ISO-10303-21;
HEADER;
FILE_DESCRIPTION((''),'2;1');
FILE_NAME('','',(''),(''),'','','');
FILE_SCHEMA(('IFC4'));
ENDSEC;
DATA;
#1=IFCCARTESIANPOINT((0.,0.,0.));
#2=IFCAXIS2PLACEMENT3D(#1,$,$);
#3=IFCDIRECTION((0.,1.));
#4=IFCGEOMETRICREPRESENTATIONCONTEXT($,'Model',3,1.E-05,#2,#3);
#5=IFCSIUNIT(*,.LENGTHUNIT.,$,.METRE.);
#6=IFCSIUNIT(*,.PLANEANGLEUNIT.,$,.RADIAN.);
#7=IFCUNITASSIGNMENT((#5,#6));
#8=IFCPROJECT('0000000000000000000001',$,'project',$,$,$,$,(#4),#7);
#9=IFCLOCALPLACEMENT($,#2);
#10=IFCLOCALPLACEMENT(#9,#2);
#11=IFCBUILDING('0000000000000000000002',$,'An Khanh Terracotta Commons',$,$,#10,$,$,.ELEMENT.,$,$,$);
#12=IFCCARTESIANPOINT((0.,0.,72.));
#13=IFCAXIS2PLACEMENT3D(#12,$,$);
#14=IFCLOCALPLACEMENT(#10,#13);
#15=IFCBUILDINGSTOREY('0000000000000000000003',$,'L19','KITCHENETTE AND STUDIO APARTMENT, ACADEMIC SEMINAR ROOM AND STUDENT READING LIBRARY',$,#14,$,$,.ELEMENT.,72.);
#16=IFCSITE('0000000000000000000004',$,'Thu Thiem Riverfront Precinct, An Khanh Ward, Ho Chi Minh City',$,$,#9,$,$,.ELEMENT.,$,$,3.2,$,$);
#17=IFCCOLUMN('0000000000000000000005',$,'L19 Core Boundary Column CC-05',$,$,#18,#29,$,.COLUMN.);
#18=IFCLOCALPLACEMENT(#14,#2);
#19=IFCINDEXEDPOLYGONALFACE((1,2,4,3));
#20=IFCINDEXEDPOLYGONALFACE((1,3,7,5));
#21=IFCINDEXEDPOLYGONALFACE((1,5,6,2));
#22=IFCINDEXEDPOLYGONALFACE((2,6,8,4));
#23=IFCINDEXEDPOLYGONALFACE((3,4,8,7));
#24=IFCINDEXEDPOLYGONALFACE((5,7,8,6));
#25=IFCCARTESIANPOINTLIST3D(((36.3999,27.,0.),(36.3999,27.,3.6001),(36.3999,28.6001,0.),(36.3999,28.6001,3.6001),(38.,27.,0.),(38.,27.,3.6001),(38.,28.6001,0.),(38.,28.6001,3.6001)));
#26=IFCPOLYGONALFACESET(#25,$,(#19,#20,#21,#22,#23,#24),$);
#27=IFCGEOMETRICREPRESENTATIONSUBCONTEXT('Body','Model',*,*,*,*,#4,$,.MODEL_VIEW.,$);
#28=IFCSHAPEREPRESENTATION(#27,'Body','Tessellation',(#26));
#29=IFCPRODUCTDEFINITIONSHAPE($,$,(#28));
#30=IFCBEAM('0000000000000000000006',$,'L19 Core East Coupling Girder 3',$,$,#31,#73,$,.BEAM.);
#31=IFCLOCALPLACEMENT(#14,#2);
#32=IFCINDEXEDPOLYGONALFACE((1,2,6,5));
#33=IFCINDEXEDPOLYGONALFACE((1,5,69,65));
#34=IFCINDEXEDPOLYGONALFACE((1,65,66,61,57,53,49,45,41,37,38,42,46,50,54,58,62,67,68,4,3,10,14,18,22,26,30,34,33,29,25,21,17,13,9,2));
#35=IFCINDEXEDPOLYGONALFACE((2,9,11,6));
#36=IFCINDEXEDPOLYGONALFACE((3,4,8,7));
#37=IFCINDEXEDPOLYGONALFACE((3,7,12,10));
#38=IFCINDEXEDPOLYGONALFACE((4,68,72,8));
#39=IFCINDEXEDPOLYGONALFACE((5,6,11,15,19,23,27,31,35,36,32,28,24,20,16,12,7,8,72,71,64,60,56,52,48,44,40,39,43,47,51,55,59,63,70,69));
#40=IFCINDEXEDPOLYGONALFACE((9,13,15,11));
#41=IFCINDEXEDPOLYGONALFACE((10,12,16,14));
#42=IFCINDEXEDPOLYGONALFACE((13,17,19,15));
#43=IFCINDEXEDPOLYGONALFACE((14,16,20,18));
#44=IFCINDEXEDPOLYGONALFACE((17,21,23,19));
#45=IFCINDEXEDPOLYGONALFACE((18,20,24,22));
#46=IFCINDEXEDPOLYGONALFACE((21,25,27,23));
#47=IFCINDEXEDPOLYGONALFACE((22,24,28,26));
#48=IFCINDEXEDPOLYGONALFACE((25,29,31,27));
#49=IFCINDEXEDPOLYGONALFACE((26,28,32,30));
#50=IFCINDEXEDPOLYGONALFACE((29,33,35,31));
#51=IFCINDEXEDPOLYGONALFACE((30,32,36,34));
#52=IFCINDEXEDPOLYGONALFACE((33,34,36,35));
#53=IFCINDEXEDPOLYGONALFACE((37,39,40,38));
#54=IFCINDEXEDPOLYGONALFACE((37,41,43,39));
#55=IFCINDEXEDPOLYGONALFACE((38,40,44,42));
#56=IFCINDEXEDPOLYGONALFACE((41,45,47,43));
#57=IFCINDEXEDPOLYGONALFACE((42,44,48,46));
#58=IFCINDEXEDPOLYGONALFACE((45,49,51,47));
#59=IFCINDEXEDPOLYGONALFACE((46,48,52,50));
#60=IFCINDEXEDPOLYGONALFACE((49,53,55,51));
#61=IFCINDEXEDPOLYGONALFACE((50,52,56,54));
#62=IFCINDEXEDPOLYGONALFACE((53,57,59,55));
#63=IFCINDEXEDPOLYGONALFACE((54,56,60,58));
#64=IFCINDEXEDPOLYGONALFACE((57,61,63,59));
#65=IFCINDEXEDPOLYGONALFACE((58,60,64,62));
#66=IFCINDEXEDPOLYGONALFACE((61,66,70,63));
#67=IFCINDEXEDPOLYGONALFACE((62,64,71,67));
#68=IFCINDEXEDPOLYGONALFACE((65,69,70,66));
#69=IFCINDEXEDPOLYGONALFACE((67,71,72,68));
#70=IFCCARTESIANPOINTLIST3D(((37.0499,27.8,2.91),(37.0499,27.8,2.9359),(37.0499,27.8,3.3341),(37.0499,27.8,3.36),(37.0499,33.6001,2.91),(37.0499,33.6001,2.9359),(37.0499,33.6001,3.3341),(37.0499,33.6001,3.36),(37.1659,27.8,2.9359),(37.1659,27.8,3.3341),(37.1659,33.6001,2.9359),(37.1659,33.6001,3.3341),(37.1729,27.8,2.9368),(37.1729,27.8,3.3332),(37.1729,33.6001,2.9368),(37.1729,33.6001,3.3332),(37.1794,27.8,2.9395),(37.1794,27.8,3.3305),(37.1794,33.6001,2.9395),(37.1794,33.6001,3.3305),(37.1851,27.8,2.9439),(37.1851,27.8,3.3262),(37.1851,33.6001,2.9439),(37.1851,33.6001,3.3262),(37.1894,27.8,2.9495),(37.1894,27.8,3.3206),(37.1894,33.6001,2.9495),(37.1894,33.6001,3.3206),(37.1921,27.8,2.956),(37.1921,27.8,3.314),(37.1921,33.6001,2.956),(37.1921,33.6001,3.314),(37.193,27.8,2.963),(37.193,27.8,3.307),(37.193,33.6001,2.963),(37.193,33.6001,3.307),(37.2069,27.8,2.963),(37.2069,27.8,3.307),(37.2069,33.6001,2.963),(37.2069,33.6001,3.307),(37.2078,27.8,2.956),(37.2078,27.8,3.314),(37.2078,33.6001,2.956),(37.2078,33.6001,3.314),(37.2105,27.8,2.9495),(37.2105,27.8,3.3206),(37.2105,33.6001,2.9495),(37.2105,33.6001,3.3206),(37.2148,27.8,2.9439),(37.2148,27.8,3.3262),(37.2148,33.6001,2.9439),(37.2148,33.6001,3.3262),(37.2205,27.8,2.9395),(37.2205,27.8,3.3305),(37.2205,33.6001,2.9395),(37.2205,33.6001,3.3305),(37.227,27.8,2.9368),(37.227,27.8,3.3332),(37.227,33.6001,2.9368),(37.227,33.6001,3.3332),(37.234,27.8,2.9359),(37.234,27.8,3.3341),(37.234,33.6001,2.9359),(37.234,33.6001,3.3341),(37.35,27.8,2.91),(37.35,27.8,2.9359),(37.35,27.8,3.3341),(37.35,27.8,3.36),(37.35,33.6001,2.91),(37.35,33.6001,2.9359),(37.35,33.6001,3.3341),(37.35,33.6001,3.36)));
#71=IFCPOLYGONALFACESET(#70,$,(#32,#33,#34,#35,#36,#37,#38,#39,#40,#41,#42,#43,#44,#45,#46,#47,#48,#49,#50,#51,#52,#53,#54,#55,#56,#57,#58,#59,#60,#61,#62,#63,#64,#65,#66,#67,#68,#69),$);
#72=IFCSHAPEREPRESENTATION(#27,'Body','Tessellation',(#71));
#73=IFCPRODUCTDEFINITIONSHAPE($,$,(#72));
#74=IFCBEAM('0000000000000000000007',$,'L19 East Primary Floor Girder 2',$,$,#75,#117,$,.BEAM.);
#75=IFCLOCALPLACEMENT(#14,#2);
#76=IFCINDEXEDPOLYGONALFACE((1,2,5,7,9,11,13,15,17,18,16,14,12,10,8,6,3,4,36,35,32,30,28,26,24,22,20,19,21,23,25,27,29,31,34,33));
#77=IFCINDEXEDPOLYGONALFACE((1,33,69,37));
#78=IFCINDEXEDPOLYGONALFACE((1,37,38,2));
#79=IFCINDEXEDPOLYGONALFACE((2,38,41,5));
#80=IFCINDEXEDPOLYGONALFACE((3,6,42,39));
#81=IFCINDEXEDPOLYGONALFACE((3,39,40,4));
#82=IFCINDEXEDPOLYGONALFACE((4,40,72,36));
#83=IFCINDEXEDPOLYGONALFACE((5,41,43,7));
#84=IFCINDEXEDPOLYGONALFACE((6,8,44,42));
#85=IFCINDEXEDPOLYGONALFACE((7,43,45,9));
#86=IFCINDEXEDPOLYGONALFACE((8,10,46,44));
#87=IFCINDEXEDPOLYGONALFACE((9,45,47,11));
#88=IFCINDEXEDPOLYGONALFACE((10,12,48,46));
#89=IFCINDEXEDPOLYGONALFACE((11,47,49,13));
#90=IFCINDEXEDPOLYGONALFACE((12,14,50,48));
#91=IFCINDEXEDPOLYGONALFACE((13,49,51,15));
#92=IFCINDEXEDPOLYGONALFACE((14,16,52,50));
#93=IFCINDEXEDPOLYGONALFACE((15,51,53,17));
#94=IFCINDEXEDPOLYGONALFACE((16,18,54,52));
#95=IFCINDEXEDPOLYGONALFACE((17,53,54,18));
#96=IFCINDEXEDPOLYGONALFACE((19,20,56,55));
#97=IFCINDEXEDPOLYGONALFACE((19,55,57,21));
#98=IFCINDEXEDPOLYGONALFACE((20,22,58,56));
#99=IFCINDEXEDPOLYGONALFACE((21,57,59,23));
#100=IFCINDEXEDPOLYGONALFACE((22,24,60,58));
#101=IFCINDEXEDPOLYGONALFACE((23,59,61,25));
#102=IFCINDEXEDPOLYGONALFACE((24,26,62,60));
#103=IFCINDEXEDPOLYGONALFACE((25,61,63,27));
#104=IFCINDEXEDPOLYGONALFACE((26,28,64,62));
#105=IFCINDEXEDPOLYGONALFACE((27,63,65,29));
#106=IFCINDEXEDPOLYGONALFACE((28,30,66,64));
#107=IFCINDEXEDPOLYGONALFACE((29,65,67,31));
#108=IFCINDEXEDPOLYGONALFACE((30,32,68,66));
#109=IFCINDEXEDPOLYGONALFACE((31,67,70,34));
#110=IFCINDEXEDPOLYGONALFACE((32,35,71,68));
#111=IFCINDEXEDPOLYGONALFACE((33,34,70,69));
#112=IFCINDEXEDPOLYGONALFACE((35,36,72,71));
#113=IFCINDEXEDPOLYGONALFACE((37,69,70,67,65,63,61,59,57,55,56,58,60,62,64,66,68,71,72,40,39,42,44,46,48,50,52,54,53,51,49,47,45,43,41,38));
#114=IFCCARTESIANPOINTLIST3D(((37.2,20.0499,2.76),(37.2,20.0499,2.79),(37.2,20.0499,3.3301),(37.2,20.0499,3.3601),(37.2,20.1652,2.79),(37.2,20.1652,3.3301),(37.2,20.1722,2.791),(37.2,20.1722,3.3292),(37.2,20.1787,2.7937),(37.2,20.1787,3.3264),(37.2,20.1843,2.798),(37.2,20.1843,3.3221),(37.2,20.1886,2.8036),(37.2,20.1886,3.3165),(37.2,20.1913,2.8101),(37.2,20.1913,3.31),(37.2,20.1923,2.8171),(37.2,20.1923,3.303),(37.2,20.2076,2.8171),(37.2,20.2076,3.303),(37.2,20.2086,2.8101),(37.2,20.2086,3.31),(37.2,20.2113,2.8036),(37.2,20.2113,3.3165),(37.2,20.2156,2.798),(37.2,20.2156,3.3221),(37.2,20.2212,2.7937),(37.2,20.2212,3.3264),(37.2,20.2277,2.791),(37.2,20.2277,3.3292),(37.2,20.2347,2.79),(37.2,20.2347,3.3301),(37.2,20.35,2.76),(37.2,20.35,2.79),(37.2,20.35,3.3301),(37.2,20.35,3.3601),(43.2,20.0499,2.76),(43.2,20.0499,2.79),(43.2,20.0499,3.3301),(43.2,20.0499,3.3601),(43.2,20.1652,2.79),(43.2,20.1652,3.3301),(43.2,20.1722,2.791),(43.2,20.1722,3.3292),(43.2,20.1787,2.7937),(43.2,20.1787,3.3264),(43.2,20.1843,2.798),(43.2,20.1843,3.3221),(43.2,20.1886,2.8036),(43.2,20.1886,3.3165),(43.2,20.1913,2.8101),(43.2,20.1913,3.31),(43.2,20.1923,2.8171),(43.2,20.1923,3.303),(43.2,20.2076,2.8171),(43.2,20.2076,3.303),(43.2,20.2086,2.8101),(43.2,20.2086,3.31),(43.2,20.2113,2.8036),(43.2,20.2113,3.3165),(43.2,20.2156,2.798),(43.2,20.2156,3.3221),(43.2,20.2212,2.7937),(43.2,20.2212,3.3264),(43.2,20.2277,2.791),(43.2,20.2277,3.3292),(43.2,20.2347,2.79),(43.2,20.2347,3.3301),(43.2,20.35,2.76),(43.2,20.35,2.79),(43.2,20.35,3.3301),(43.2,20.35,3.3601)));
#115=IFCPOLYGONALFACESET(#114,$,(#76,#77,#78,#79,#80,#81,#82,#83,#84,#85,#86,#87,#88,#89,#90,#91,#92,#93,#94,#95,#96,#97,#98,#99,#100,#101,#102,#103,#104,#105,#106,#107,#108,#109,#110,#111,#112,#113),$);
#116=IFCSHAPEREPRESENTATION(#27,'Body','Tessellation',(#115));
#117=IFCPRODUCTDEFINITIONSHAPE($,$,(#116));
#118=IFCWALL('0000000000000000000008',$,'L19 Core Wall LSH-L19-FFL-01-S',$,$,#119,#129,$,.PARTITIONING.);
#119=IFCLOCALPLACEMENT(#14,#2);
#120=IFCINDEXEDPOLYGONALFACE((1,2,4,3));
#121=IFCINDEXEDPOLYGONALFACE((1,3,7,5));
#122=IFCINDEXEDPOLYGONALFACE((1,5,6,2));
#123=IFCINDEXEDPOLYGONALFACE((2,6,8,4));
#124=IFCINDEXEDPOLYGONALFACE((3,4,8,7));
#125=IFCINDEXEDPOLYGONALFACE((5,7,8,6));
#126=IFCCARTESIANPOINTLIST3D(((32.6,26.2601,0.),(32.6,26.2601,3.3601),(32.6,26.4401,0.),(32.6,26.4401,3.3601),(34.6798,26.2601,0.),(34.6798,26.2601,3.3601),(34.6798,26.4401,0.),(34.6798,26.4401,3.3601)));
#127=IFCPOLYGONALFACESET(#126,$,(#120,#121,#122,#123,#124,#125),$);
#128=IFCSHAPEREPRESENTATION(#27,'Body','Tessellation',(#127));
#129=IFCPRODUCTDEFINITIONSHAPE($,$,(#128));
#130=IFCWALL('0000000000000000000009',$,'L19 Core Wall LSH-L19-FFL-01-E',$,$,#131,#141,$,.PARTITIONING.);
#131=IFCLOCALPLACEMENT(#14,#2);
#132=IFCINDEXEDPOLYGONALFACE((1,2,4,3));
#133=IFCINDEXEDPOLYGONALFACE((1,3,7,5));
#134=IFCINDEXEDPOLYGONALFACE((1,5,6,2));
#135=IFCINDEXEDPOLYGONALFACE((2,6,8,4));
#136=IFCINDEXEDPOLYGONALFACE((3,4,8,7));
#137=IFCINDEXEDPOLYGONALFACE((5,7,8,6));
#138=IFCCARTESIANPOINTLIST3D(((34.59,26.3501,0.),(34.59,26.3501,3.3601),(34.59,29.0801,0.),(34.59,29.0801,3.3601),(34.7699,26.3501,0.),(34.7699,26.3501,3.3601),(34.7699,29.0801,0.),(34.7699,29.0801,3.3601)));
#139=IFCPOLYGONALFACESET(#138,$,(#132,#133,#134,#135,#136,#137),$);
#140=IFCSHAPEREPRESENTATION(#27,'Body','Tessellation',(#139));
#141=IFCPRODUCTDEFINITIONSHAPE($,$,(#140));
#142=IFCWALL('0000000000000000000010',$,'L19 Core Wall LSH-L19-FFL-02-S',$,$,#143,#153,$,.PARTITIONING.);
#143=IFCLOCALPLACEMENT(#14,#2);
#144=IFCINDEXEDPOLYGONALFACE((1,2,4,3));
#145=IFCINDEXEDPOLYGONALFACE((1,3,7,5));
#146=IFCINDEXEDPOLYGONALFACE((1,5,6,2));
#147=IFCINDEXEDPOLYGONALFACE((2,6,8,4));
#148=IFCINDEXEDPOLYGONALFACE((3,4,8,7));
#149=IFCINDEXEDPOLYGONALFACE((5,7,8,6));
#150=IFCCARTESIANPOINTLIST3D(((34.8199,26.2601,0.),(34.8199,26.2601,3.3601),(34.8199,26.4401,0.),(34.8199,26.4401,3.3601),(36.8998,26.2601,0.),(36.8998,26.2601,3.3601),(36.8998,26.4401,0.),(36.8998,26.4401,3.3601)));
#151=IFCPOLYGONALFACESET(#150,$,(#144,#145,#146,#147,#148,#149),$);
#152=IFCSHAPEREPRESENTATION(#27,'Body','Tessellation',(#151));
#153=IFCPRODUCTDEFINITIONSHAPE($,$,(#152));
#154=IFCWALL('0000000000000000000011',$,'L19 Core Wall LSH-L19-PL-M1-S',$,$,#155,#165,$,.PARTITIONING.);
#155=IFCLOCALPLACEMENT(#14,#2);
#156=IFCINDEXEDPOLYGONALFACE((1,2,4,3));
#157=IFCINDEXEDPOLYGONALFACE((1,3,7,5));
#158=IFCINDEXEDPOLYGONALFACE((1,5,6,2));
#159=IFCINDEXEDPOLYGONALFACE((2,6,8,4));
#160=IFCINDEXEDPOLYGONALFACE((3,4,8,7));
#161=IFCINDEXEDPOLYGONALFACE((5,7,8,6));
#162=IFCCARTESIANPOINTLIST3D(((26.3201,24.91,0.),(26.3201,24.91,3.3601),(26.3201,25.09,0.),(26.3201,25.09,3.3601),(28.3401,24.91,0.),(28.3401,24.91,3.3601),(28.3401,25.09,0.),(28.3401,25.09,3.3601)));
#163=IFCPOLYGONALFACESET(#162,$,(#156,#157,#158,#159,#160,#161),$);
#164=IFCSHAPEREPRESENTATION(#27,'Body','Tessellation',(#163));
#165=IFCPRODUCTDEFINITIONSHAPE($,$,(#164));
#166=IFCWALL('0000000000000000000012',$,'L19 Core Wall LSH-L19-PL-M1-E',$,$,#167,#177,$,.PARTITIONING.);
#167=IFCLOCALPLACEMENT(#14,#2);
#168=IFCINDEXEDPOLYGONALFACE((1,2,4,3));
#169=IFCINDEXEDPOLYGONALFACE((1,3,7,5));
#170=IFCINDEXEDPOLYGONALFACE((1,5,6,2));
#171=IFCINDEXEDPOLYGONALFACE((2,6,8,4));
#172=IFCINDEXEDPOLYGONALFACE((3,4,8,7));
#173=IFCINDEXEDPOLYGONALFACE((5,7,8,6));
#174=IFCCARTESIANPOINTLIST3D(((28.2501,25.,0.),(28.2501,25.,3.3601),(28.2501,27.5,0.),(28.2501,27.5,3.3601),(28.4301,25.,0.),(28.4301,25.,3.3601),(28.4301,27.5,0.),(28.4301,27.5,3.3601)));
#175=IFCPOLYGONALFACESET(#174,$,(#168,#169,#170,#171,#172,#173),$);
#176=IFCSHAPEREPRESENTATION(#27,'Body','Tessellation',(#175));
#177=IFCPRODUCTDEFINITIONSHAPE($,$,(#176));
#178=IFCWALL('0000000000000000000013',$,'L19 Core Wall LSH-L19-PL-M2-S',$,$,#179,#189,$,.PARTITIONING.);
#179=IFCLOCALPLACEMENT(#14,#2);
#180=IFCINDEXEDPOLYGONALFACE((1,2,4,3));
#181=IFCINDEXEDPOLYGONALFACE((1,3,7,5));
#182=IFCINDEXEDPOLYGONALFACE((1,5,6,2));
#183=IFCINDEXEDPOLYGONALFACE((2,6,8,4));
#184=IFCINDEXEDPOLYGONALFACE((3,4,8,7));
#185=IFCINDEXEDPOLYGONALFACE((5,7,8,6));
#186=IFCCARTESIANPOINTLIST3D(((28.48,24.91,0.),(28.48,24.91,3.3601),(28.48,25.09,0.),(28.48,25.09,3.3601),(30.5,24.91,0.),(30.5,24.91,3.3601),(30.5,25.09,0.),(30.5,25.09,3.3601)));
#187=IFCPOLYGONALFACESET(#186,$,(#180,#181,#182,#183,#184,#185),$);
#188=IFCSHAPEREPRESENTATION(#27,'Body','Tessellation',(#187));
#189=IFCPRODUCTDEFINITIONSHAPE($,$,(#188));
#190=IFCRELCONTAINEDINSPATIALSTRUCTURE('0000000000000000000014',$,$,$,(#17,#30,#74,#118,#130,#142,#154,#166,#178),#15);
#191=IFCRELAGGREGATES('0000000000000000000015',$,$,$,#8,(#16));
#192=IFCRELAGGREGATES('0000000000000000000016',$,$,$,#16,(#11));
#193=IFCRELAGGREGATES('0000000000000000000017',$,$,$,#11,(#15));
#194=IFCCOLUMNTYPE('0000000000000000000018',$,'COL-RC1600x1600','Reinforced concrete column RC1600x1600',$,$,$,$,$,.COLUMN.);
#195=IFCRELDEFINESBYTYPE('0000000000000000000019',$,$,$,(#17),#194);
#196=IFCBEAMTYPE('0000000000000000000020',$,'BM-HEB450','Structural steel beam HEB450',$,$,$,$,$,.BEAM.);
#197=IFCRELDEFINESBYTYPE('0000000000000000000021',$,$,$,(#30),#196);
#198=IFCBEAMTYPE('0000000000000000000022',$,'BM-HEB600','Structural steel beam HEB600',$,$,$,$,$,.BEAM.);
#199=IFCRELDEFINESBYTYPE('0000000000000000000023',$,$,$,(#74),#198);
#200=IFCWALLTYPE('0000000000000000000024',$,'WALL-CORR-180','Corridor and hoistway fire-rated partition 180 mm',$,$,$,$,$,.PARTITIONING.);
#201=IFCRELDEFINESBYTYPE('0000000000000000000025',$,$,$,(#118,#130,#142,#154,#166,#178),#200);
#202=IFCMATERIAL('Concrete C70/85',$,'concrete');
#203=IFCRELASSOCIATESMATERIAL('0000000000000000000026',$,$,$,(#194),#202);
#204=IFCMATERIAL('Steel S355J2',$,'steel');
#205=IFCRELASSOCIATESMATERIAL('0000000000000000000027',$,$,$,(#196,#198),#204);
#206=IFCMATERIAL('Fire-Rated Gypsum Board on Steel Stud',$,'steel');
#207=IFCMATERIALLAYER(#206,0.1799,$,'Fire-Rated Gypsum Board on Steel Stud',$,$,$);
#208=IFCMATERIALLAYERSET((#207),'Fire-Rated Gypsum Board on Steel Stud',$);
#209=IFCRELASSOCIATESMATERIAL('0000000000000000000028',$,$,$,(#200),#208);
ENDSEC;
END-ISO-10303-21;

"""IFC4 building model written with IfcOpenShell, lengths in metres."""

from ifc_helpers import new_model, si_unit, direction, frame, frame_2d, origin, origin_2d, place, context, subcontext, project, spatial, rectangle, i_section, extrude, material, layer, layer_set, material_profile, profile_set, type_object, element, save


model = new_model("IFC4")

# Units and contexts
model_context = context("Model", 3, precision=1e-05, world=origin(), true_north=direction((0.0, 1.0)))
body_context = subcontext(model_context, "Body", "Model", "MODEL_VIEW")
ifc_project = project(units=[si_unit("LENGTHUNIT", "METRE"), si_unit("PLANEANGLEUNIT", "RADIAN")], contexts=[model_context])

# Site, building, storey
site_placement = place(None, origin())
site = spatial("IfcSite", under=ifc_project, at=site_placement, Name="Thu Thiem Riverfront Precinct, An Khanh Ward, Ho Chi Minh City", CompositionType="ELEMENT", RefElevation=3.2)
building_placement = place(site_placement, origin())
building = spatial("IfcBuilding", under=site, at=building_placement, Name="An Khanh Terracotta Commons", CompositionType="ELEMENT")
storey_placement = place(building_placement, frame((0.0, 0.0, 72.0)))
storey = spatial("IfcBuildingStorey", under=building, at=storey_placement, Name="L19", Description="KITCHENETTE AND STUDIO APARTMENT, ACADEMIC SEMINAR ROOM AND STUDENT READING LIBRARY", CompositionType="ELEMENT", Elevation=72.0)

# Column
ifc_material_1 = material(Name="Concrete C70/85", Category="concrete")
ifc_material_profile_1 = material_profile(ifc_material_1, rectangle(XDim=1.6001, YDim=1.6001, at=origin_2d()), Name="RC1600x1600")
ifc_profile_set_1 = profile_set([ifc_material_profile_1], Name="Concrete C70/85")
column_type = type_object("IfcColumnType", Name="COL-RC1600x1600", Description="Reinforced concrete column RC1600x1600", PredefinedType="COLUMN", material=ifc_profile_set_1)
column_placement = place(storey_placement, frame((37.2, 27.8, 0.0), z_axis=(0.0, 0.0, 1.0), x_axis=(1.0, 0.0, 0.0)))
element("IfcColumn", 1, at=column_placement, inside=storey, type_object=column_type, Name="L19 Core Boundary Column CC-05", PredefinedType="COLUMN", context=body_context, shape_type="SweptSolid", body=[
    extrude(rectangle(XDim=1.6001, YDim=1.6001, at=origin_2d()), origin(), (0.0, 0.0, 1.0), 3.6001),
])

# Beams
ifc_material_2 = material(Name="Steel S355J2", Category="steel")
ifc_material_profile_2 = material_profile(ifc_material_2, i_section(OverallWidth=0.3, OverallDepth=0.45, WebThickness=0.0139, FlangeThickness=0.0259, FilletRadius=0.0271, at=origin_2d()), Name="HEB450")
ifc_profile_set_2 = profile_set([ifc_material_profile_2], Name="Steel S355J2")
beam_type_1 = type_object("IfcBeamType", Name="BM-HEB450", Description="Structural steel beam HEB450", PredefinedType="BEAM", material=ifc_profile_set_2)
beam_1_placement = place(storey_placement, frame((37.2, 27.8, 3.135), z_axis=(0.0, 1.0, 0.0), x_axis=(-1.0, 0.0, 0.0)))
element("IfcBeam", 2, at=beam_1_placement, inside=storey, type_object=beam_type_1, Name="L19 Core East Coupling Girder 3", PredefinedType="BEAM", context=body_context, shape_type="SweptSolid", body=[
    extrude(i_section(OverallWidth=0.3, OverallDepth=0.45, WebThickness=0.0139, FlangeThickness=0.0259, FilletRadius=0.0271, at=origin_2d()), origin(), (0.0, 0.0, 1.0), 5.8),
])
ifc_material_profile_3 = material_profile(ifc_material_2, i_section(OverallWidth=0.3, OverallDepth=0.6001, WebThickness=0.0154, FlangeThickness=0.03, FilletRadius=0.0271, at=origin_2d()), Name="HEB600")
ifc_profile_set_3 = profile_set([ifc_material_profile_3], Name="Steel S355J2")
beam_type_2 = type_object("IfcBeamType", Name="BM-HEB600", Description="Structural steel beam HEB600", PredefinedType="BEAM", material=ifc_profile_set_3)
beam_2_placement = place(storey_placement, frame((37.2, 20.2, 3.0601), z_axis=(1.0, 0.0, 0.0), x_axis=(0.0, 1.0, 0.0)))
element("IfcBeam", 3, at=beam_2_placement, inside=storey, type_object=beam_type_2, Name="L19 East Primary Floor Girder 2", PredefinedType="BEAM", context=body_context, shape_type="SweptSolid", body=[
    extrude(i_section(OverallWidth=0.3, OverallDepth=0.6001, WebThickness=0.0154, FlangeThickness=0.03, FilletRadius=0.0271, at=origin_2d()), origin(), (0.0, 0.0, 1.0), 6.0),
])

# Walls
ifc_material_3 = material(Name="Fire-Rated Gypsum Board on Steel Stud", Category="steel")
ifc_layer = layer(ifc_material_3, 0.1799, Name="Fire-Rated Gypsum Board on Steel Stud")
ifc_layer_set = layer_set([ifc_layer], Name="Fire-Rated Gypsum Board on Steel Stud")
wall_type = type_object("IfcWallType", Name="WALL-CORR-180", Description="Corridor and hoistway fire-rated partition 180 mm", PredefinedType="PARTITIONING", material=ifc_layer_set)
wall_1_placement = place(storey_placement, frame((34.6799, 26.3501, 0.0), z_axis=(0.0, 0.0, 1.0), x_axis=(-1.0, 0.0, 0.0)))
element("IfcWall", 4, at=wall_1_placement, inside=storey, type_object=wall_type, Name="L19 Core Wall LSH-L19-FFL-01-S", PredefinedType="PARTITIONING", context=body_context, shape_type="SweptSolid", body=[
    extrude(rectangle(XDim=2.0798, YDim=0.1799, at=frame_2d((1.04, 0.0))), origin(), (0.0, 0.0, 1.0), 3.3601),
])
wall_2_placement = place(storey_placement, frame((34.6799, 26.3501, 0.0), z_axis=(0.0, 0.0, 1.0), x_axis=(0.0, 1.0, 0.0)))
element("IfcWall", 5, at=wall_2_placement, inside=storey, type_object=wall_type, Name="L19 Core Wall LSH-L19-FFL-01-E", PredefinedType="PARTITIONING", context=body_context, shape_type="SweptSolid", body=[
    extrude(rectangle(XDim=2.73, YDim=0.1799, at=frame_2d((1.365, 0.0))), origin(), (0.0, 0.0, 1.0), 3.3601),
])
wall_3_placement = place(storey_placement, frame((36.8999, 26.3501, 0.0), z_axis=(0.0, 0.0, 1.0), x_axis=(-1.0, 0.0, 0.0)))
element("IfcWall", 6, at=wall_3_placement, inside=storey, type_object=wall_type, Name="L19 Core Wall LSH-L19-FFL-02-S", PredefinedType="PARTITIONING", context=body_context, shape_type="SweptSolid", body=[
    extrude(rectangle(XDim=2.0798, YDim=0.1799, at=frame_2d((1.04, 0.0))), origin(), (0.0, 0.0, 1.0), 3.3601),
])
wall_4_placement = place(storey_placement, frame((28.3401, 25.0, 0.0), z_axis=(0.0, 0.0, 1.0), x_axis=(-1.0, 0.0, 0.0)))
element("IfcWall", 7, at=wall_4_placement, inside=storey, type_object=wall_type, Name="L19 Core Wall LSH-L19-PL-M1-S", PredefinedType="PARTITIONING", context=body_context, shape_type="SweptSolid", body=[
    extrude(rectangle(XDim=2.02, YDim=0.1799, at=frame_2d((1.01, 0.0))), origin(), (0.0, 0.0, 1.0), 3.3601),
])
wall_5_placement = place(storey_placement, frame((28.3401, 25.0, 0.0), z_axis=(0.0, 0.0, 1.0), x_axis=(0.0, 1.0, 0.0)))
element("IfcWall", 8, at=wall_5_placement, inside=storey, type_object=wall_type, Name="L19 Core Wall LSH-L19-PL-M1-E", PredefinedType="PARTITIONING", context=body_context, shape_type="SweptSolid", body=[
    extrude(rectangle(XDim=2.5, YDim=0.1799, at=frame_2d((1.25, 0.0))), origin(), (0.0, 0.0, 1.0), 3.3601),
])
wall_6_placement = place(storey_placement, frame((30.5, 25.0, 0.0), z_axis=(0.0, 0.0, 1.0), x_axis=(-1.0, 0.0, 0.0)))
element("IfcWall", 9, at=wall_6_placement, inside=storey, type_object=wall_type, Name="L19 Core Wall LSH-L19-PL-M2-S", PredefinedType="PARTITIONING", context=body_context, shape_type="SweptSolid", body=[
    extrude(rectangle(XDim=2.02, YDim=0.1799, at=frame_2d((1.01, 0.0))), origin(), (0.0, 0.0, 1.0), 3.3601),
])

save(model, "model.ifc")
